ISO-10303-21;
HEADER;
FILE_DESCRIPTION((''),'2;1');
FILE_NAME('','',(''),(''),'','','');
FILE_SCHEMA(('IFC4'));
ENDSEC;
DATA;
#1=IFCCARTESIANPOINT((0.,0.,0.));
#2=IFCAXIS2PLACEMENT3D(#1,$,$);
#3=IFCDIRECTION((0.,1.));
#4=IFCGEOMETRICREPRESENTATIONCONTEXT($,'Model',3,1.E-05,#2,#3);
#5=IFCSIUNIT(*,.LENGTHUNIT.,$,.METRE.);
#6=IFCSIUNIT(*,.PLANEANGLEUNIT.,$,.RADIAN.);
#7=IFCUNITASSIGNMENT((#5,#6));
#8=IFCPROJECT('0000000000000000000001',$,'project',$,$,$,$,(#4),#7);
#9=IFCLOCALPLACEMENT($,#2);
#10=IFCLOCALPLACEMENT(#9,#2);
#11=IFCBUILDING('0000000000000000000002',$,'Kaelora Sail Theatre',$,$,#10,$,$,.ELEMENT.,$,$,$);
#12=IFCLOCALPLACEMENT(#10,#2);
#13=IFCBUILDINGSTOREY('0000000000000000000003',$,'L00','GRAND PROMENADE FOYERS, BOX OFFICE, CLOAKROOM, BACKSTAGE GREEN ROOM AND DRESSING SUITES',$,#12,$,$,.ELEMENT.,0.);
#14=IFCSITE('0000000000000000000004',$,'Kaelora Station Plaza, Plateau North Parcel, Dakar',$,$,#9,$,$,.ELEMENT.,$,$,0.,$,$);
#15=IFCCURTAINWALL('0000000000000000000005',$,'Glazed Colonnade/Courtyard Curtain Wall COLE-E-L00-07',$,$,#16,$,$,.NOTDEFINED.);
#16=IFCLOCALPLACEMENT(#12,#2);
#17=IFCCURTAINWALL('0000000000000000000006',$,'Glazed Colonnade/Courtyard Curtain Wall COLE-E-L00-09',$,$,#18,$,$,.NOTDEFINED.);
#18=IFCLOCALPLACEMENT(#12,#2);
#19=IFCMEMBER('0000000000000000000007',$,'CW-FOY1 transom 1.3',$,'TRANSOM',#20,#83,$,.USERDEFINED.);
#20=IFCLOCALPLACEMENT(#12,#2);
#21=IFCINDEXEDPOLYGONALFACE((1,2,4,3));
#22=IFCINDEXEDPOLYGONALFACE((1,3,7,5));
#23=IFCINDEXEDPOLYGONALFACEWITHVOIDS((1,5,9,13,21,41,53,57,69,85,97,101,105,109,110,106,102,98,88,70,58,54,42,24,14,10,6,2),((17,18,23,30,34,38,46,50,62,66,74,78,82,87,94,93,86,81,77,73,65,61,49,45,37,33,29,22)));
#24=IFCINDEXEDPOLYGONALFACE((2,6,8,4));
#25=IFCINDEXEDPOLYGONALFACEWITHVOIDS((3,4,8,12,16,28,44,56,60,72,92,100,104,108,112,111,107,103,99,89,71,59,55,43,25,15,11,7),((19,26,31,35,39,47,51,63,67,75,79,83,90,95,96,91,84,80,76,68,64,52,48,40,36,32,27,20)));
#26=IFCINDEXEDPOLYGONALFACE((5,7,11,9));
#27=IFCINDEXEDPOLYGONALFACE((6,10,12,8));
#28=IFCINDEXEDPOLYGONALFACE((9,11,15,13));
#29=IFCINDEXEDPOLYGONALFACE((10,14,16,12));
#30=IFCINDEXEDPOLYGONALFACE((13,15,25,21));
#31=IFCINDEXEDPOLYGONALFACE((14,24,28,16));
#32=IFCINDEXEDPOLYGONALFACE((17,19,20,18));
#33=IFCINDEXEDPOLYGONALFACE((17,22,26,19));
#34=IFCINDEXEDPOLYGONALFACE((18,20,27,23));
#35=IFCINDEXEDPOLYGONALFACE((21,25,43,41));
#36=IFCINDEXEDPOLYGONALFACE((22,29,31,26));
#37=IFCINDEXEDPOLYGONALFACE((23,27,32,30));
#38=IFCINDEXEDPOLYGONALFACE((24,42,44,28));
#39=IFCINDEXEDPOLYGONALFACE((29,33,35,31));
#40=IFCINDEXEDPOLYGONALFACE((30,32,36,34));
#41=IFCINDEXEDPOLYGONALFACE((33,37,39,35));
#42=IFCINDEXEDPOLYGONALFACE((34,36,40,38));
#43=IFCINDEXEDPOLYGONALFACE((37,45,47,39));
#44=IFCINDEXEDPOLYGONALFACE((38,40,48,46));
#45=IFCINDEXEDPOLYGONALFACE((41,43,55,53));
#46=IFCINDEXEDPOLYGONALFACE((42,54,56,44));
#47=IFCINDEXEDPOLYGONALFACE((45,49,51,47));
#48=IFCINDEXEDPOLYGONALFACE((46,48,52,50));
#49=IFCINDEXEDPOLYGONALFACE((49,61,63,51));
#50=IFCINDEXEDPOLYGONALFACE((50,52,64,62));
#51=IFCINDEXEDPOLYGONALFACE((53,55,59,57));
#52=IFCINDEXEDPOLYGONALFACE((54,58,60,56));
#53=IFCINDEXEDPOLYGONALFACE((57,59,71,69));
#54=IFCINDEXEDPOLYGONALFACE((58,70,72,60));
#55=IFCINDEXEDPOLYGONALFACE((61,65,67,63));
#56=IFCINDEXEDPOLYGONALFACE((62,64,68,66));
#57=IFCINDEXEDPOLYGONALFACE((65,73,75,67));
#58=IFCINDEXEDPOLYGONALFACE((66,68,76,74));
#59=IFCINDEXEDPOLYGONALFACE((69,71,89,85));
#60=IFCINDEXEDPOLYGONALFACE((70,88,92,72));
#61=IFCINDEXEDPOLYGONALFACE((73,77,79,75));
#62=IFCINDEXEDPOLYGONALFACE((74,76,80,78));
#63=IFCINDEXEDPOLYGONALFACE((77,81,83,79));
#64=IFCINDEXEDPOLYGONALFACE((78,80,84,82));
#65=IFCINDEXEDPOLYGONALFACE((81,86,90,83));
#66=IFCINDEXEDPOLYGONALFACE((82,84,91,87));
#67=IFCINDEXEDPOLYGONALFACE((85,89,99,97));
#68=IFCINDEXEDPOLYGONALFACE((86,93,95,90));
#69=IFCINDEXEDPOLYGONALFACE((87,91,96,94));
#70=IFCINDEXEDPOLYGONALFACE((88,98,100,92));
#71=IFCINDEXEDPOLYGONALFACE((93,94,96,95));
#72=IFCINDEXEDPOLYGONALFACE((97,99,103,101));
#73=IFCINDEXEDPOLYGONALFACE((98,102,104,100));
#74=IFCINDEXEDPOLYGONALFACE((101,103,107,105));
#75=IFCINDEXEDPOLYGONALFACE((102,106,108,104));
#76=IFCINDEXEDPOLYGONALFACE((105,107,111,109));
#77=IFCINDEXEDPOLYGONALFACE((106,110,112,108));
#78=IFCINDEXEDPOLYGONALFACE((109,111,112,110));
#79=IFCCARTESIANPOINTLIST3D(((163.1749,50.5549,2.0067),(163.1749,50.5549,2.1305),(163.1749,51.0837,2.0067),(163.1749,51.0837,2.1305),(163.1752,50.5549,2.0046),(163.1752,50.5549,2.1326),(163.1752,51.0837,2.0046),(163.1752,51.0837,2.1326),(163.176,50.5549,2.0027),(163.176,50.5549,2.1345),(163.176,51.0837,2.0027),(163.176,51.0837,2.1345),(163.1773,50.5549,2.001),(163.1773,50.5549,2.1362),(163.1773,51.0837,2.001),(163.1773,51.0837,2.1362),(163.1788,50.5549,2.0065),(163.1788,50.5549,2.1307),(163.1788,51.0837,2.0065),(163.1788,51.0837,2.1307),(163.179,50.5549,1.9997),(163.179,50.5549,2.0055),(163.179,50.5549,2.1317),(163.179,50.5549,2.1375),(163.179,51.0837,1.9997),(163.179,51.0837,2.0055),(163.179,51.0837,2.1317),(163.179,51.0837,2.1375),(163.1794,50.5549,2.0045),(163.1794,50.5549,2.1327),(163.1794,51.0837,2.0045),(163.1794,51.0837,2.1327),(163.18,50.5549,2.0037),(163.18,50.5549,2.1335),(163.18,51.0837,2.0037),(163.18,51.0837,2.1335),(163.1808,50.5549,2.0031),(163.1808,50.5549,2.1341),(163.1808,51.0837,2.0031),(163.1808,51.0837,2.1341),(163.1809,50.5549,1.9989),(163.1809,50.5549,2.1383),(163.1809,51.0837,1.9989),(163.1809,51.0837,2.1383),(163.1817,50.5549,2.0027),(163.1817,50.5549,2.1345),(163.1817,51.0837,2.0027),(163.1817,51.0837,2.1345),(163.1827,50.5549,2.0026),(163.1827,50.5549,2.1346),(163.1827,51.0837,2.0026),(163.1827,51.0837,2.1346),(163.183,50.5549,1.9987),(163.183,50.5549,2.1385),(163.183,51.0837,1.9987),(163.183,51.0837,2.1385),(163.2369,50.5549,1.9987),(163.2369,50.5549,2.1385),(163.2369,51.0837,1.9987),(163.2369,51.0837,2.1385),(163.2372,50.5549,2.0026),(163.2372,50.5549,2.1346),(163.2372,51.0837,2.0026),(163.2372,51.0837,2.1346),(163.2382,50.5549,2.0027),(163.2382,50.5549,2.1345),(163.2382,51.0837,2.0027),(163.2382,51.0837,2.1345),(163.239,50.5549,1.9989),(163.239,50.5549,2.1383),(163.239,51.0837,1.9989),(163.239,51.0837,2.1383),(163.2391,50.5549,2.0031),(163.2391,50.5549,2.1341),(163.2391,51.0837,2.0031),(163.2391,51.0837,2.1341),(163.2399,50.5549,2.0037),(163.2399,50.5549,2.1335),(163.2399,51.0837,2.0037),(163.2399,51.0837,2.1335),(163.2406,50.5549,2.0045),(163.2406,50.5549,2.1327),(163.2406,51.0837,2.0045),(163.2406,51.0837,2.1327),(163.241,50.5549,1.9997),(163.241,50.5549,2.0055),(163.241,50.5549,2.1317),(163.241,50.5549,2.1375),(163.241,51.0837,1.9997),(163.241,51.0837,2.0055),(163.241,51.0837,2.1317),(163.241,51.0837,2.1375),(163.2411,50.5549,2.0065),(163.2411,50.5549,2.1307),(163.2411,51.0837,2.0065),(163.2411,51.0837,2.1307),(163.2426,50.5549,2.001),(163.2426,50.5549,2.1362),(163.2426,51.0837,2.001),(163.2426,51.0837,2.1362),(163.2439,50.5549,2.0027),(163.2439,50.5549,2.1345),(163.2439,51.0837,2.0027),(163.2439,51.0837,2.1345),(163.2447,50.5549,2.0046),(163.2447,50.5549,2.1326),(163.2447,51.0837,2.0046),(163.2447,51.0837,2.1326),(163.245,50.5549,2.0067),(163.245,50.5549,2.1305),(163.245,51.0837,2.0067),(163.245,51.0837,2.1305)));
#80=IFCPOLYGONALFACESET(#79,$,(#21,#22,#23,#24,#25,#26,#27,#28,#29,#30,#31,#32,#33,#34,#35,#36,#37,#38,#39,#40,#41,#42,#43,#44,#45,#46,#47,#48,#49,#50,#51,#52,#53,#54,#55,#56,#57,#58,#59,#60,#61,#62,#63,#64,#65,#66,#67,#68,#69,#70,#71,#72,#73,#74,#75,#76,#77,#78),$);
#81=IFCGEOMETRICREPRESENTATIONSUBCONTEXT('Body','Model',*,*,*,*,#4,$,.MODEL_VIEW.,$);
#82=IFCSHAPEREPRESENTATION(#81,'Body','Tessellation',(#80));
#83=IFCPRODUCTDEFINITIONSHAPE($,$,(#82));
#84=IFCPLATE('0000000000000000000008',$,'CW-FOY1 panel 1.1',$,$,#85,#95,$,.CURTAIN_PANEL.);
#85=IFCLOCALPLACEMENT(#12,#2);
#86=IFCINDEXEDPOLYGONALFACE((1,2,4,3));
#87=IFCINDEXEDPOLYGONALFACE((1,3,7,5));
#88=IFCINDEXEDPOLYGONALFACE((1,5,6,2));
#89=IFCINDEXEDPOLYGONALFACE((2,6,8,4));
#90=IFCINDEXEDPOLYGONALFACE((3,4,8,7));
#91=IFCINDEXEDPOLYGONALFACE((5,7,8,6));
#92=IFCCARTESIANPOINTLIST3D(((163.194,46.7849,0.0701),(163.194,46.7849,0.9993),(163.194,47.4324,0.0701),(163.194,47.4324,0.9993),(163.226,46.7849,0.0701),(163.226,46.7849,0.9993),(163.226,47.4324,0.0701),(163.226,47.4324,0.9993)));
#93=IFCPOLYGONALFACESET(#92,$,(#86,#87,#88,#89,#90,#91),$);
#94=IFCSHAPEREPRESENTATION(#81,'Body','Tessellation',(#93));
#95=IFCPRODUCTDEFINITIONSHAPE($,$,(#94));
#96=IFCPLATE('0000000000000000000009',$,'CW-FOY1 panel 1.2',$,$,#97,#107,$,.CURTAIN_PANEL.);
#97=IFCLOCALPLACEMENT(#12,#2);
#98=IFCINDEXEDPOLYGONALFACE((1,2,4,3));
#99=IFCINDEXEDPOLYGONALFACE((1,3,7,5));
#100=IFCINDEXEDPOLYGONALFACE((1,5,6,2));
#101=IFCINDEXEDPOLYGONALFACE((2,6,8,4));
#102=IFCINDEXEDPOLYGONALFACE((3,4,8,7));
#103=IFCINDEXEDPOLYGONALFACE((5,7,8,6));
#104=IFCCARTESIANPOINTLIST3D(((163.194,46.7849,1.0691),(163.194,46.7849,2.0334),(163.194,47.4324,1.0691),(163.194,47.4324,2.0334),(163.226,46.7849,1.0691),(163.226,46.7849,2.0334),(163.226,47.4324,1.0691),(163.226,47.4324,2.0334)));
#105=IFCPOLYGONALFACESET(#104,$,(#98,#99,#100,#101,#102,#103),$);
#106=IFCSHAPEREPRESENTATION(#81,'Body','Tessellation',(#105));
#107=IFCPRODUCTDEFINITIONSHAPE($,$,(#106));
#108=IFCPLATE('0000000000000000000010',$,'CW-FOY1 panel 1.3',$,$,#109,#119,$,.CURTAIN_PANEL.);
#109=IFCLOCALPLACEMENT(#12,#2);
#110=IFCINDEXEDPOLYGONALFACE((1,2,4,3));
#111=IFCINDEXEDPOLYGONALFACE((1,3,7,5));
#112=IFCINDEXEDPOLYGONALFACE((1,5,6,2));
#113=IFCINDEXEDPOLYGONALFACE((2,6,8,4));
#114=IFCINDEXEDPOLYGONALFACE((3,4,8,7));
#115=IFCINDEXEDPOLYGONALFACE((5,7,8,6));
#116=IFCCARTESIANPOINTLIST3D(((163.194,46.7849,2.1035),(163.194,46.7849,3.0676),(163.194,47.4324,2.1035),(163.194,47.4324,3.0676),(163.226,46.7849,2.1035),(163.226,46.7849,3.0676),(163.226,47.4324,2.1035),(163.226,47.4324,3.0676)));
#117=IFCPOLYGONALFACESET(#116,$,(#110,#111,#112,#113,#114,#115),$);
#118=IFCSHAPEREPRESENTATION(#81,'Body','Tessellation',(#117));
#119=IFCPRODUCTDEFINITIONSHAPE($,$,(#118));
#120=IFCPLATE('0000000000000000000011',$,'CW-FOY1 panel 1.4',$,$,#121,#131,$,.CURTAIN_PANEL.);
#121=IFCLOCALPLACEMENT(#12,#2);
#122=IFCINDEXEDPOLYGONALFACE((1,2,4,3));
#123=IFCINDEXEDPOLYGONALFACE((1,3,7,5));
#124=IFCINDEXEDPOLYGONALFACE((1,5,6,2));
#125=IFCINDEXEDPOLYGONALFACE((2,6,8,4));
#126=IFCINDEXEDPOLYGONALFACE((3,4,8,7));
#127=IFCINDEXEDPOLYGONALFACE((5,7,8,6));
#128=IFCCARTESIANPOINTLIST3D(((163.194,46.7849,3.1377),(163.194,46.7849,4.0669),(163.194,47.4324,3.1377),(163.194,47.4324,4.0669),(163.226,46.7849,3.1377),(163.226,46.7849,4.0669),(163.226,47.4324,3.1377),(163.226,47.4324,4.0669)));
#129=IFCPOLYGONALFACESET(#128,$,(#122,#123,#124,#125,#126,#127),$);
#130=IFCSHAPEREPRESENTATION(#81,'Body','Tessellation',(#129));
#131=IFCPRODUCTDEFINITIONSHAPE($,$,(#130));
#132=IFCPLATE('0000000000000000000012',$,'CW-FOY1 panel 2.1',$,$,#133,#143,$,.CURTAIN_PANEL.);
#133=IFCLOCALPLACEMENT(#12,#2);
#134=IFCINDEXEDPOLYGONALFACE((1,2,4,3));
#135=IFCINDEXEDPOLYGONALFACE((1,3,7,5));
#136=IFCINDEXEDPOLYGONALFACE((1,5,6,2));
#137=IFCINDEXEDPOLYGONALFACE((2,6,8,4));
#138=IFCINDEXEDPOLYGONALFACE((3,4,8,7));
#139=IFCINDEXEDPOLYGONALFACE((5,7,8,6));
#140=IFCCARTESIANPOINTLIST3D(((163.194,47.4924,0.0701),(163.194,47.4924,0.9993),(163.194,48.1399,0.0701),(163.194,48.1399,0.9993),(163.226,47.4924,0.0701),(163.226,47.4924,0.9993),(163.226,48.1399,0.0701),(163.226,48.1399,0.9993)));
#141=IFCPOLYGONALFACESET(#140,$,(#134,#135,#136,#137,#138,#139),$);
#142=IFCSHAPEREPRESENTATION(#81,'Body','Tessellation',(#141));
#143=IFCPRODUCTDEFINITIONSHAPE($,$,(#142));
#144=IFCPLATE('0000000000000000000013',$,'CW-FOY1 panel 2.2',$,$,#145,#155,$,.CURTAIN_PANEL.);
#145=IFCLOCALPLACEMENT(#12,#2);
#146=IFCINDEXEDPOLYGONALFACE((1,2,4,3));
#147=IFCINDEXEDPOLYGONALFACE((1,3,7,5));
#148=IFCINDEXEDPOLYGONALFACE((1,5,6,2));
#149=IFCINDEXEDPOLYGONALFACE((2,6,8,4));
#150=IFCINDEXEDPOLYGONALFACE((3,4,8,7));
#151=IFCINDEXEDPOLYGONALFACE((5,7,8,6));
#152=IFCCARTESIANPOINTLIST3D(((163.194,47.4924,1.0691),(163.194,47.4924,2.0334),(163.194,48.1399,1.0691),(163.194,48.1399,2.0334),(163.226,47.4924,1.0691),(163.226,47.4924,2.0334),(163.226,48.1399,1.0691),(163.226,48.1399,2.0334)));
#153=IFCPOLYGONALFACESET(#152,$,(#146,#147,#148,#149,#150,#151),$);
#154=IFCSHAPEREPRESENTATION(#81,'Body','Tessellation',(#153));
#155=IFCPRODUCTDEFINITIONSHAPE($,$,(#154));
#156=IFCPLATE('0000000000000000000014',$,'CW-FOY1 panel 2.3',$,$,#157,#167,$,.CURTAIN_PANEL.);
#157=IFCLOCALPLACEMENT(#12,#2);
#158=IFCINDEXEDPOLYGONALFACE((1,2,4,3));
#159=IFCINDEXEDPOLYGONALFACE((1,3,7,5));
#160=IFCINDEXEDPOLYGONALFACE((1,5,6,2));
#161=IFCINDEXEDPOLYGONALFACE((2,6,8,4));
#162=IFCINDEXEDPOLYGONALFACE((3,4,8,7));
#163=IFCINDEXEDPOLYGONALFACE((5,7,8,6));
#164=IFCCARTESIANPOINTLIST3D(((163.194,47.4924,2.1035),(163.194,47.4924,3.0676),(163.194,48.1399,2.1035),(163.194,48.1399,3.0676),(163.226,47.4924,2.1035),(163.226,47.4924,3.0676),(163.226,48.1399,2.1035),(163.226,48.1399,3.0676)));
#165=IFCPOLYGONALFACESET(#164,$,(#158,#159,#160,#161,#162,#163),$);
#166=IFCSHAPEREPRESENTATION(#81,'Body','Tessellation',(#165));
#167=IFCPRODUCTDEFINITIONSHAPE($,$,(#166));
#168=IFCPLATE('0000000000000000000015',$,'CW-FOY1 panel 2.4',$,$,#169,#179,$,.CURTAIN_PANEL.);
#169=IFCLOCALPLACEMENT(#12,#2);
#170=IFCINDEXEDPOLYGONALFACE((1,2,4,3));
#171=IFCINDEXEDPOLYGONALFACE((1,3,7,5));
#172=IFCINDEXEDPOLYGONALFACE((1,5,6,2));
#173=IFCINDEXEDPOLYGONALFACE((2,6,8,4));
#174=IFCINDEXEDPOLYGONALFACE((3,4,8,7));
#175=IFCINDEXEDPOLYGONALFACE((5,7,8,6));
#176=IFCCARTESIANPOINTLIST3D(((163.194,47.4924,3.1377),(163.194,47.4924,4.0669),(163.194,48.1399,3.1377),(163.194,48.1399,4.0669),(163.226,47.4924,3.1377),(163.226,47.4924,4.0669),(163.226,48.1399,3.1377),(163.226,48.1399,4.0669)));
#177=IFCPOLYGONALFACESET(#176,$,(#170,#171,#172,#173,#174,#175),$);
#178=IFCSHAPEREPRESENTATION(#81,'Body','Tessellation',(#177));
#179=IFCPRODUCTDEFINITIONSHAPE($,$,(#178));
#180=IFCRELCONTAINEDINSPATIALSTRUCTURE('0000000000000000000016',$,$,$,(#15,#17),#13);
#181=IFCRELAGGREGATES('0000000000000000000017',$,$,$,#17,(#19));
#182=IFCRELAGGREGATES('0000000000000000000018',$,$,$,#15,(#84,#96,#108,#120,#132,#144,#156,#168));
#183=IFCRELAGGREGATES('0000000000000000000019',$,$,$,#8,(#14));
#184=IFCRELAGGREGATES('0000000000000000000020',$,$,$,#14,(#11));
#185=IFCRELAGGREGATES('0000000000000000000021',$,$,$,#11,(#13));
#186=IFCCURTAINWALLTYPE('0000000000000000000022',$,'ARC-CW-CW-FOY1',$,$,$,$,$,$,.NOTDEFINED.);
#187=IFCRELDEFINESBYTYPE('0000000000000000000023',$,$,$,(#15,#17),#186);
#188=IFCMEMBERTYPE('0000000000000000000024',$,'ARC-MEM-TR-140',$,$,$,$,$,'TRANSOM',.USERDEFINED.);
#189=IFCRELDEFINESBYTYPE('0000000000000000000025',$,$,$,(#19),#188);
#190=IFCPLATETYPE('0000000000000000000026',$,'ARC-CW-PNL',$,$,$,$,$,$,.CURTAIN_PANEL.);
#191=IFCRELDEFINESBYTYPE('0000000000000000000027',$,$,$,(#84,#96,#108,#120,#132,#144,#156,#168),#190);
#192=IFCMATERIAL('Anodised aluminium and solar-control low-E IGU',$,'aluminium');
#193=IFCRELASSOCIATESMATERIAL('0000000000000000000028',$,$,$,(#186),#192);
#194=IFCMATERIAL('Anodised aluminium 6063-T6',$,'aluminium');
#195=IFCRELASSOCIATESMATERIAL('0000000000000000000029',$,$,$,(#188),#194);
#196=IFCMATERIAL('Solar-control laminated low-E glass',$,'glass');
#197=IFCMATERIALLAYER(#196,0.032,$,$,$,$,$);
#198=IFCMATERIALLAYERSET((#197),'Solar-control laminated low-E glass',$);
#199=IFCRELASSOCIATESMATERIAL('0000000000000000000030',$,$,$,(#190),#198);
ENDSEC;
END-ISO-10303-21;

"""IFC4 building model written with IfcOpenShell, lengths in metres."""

from ifc_helpers import new_model, si_unit, direction, frame, origin, origin_2d, place, context, subcontext, project, spatial, rectangle, hollow_rectangle, extrude, material, layer, layer_set, material_profile, profile_set, type_object, element, aggregate, save


model = new_model("IFC4")

# Units and contexts
model_context = context("Model", 3, precision=1e-05, world=origin(), true_north=direction((0.0, 1.0)))
body_context = subcontext(model_context, "Body", "Model", "MODEL_VIEW")
ifc_project = project(units=[si_unit("LENGTHUNIT", "METRE"), si_unit("PLANEANGLEUNIT", "RADIAN")], contexts=[model_context])

# Site, building, storey
site_placement = place(None, origin())
site = spatial("IfcSite", under=ifc_project, at=site_placement, Name="Kaelora Station Plaza, Plateau North Parcel, Dakar", CompositionType="ELEMENT", RefElevation=0.0)
building_placement = place(site_placement, origin())
building = spatial("IfcBuilding", under=site, at=building_placement, Name="Kaelora Sail Theatre", CompositionType="ELEMENT")
storey_placement = place(building_placement, origin())
storey = spatial("IfcBuildingStorey", under=building, at=storey_placement, Name="L00", Description="GRAND PROMENADE FOYERS, BOX OFFICE, CLOAKROOM, BACKSTAGE GREEN ROOM AND DRESSING SUITES", CompositionType="ELEMENT", Elevation=0.0)

# Curtain wall
ifc_material_1 = material(Name="Anodised aluminium and solar-control low-E IGU", Category="aluminium")
curtain_wall_type = type_object("IfcCurtainWallType", Name="ARC-CW-CW-FOY1", PredefinedType="NOTDEFINED", material=ifc_material_1)
curtain_wall_1_placement = place(storey_placement, origin())
curtain_wall_1 = element("IfcCurtainWall", 1, at=curtain_wall_1_placement, inside=storey, type_object=curtain_wall_type, Name="Glazed Colonnade/Courtyard Curtain Wall COLE-E-L00-07", PredefinedType="NOTDEFINED")

# Curtain wall
curtain_wall_2_placement = place(storey_placement, origin())
curtain_wall_2 = element("IfcCurtainWall", 2, at=curtain_wall_2_placement, inside=storey, type_object=curtain_wall_type, Name="Glazed Colonnade/Courtyard Curtain Wall COLE-E-L00-09", PredefinedType="NOTDEFINED")

# Member
ifc_material_2 = material(Name="Anodised aluminium 6063-T6", Category="aluminium")
ifc_material_profile_1 = material_profile(ifc_material_2, hollow_rectangle(XDim=0.0701, YDim=0.1399, WallThickness=0.0039, InnerFilletRadius=0.0039, OuterFilletRadius=0.0081, at=origin_2d()), Name="ALU-TRAN 70x140x4")
ifc_profile_set_1 = profile_set([ifc_material_profile_1], Name="Anodised aluminium 6063-T6")
member_type_1 = type_object("IfcMemberType", Name="ARC-MEM-TR-140", ElementType="TRANSOM", PredefinedType="USERDEFINED", material=ifc_profile_set_1)
member_1_placement = place(storey_placement, frame((163.21, 50.5549, 2.0686), z_axis=(0.0, 1.0, 0.0), x_axis=(-1.0, 0.0, 0.0)))
member_1 = element("IfcMember", 3, at=member_1_placement, type_object=member_type_1, Name="CW-FOY1 transom 1.3", ObjectType="TRANSOM", PredefinedType="USERDEFINED", context=body_context, shape_type="SweptSolid", body=[
    extrude(hollow_rectangle(XDim=0.0701, YDim=0.1399, WallThickness=0.0039, InnerFilletRadius=0.0039, OuterFilletRadius=0.0081, at=origin_2d()), origin(), (0.0, 0.0, 1.0), 0.5288),
])
aggregate(curtain_wall_2, [member_1])

# Plates
ifc_material_3 = material(Name="Solar-control laminated low-E glass", Category="glass")
ifc_layer = layer(ifc_material_3, 0.032)
ifc_layer_set = layer_set([ifc_layer], Name="Solar-control laminated low-E glass")
plate_type = type_object("IfcPlateType", Name="ARC-CW-PNL", PredefinedType="CURTAIN_PANEL", material=ifc_layer_set)
plate_1_placement = place(storey_placement, frame((163.21, 47.1086, 0.0701), z_axis=(0.0, 0.0, 1.0), x_axis=(0.0, 1.0, 0.0)))
plate_1 = element("IfcPlate", 4, at=plate_1_placement, type_object=plate_type, Name="CW-FOY1 panel 1.1", PredefinedType="CURTAIN_PANEL", context=body_context, shape_type="SweptSolid", body=[
    extrude(rectangle(XDim=0.6475, YDim=0.032, at=origin_2d()), origin(), (0.0, 0.0, 1.0), 0.9292),
])
plate_2_placement = place(storey_placement, frame((163.21, 47.1086, 1.0691), z_axis=(0.0, 0.0, 1.0), x_axis=(0.0, 1.0, 0.0)))
plate_2 = element("IfcPlate", 5, at=plate_2_placement, type_object=plate_type, Name="CW-FOY1 panel 1.2", PredefinedType="CURTAIN_PANEL", context=body_context, shape_type="SweptSolid", body=[
    extrude(rectangle(XDim=0.6475, YDim=0.032, at=origin_2d()), origin(), (0.0, 0.0, 1.0), 0.9644),
])
plate_3_placement = place(storey_placement, frame((163.21, 47.1086, 2.1035), z_axis=(0.0, 0.0, 1.0), x_axis=(0.0, 1.0, 0.0)))
plate_3 = element("IfcPlate", 6, at=plate_3_placement, type_object=plate_type, Name="CW-FOY1 panel 1.3", PredefinedType="CURTAIN_PANEL", context=body_context, shape_type="SweptSolid", body=[
    extrude(rectangle(XDim=0.6475, YDim=0.032, at=origin_2d()), origin(), (0.0, 0.0, 1.0), 0.9641),
])
plate_4_placement = place(storey_placement, frame((163.21, 47.1086, 3.1377), z_axis=(0.0, 0.0, 1.0), x_axis=(0.0, 1.0, 0.0)))
plate_4 = element("IfcPlate", 7, at=plate_4_placement, type_object=plate_type, Name="CW-FOY1 panel 1.4", PredefinedType="CURTAIN_PANEL", context=body_context, shape_type="SweptSolid", body=[
    extrude(rectangle(XDim=0.6475, YDim=0.032, at=origin_2d()), origin(), (0.0, 0.0, 1.0), 0.9292),
])
plate_5_placement = place(storey_placement, frame((163.21, 47.8162, 0.0701), z_axis=(0.0, 0.0, 1.0), x_axis=(0.0, 1.0, 0.0)))
plate_5 = element("IfcPlate", 8, at=plate_5_placement, type_object=plate_type, Name="CW-FOY1 panel 2.1", PredefinedType="CURTAIN_PANEL", context=body_context, shape_type="SweptSolid", body=[
    extrude(rectangle(XDim=0.6475, YDim=0.032, at=origin_2d()), origin(), (0.0, 0.0, 1.0), 0.9292),
])
plate_6_placement = place(storey_placement, frame((163.21, 47.8162, 1.0691), z_axis=(0.0, 0.0, 1.0), x_axis=(0.0, 1.0, 0.0)))
plate_6 = element("IfcPlate", 9, at=plate_6_placement, type_object=plate_type, Name="CW-FOY1 panel 2.2", PredefinedType="CURTAIN_PANEL", context=body_context, shape_type="SweptSolid", body=[
    extrude(rectangle(XDim=0.6475, YDim=0.032, at=origin_2d()), origin(), (0.0, 0.0, 1.0), 0.9644),
])
plate_7_placement = place(storey_placement, frame((163.21, 47.8162, 2.1035), z_axis=(0.0, 0.0, 1.0), x_axis=(0.0, 1.0, 0.0)))
plate_7 = element("IfcPlate", 10, at=plate_7_placement, type_object=plate_type, Name="CW-FOY1 panel 2.3", PredefinedType="CURTAIN_PANEL", context=body_context, shape_type="SweptSolid", body=[
    extrude(rectangle(XDim=0.6475, YDim=0.032, at=origin_2d()), origin(), (0.0, 0.0, 1.0), 0.9641),
])
plate_8_placement = place(storey_placement, frame((163.21, 47.8162, 3.1377), z_axis=(0.0, 0.0, 1.0), x_axis=(0.0, 1.0, 0.0)))
plate_8 = element("IfcPlate", 11, at=plate_8_placement, type_object=plate_type, Name="CW-FOY1 panel 2.4", PredefinedType="CURTAIN_PANEL", context=body_context, shape_type="SweptSolid", body=[
    extrude(rectangle(XDim=0.6475, YDim=0.032, at=origin_2d()), origin(), (0.0, 0.0, 1.0), 0.9292),
])
aggregate(curtain_wall_1, [plate_1, plate_2, plate_3, plate_4, plate_5, plate_6, plate_7, plate_8])

save(model, "model.ifc")
